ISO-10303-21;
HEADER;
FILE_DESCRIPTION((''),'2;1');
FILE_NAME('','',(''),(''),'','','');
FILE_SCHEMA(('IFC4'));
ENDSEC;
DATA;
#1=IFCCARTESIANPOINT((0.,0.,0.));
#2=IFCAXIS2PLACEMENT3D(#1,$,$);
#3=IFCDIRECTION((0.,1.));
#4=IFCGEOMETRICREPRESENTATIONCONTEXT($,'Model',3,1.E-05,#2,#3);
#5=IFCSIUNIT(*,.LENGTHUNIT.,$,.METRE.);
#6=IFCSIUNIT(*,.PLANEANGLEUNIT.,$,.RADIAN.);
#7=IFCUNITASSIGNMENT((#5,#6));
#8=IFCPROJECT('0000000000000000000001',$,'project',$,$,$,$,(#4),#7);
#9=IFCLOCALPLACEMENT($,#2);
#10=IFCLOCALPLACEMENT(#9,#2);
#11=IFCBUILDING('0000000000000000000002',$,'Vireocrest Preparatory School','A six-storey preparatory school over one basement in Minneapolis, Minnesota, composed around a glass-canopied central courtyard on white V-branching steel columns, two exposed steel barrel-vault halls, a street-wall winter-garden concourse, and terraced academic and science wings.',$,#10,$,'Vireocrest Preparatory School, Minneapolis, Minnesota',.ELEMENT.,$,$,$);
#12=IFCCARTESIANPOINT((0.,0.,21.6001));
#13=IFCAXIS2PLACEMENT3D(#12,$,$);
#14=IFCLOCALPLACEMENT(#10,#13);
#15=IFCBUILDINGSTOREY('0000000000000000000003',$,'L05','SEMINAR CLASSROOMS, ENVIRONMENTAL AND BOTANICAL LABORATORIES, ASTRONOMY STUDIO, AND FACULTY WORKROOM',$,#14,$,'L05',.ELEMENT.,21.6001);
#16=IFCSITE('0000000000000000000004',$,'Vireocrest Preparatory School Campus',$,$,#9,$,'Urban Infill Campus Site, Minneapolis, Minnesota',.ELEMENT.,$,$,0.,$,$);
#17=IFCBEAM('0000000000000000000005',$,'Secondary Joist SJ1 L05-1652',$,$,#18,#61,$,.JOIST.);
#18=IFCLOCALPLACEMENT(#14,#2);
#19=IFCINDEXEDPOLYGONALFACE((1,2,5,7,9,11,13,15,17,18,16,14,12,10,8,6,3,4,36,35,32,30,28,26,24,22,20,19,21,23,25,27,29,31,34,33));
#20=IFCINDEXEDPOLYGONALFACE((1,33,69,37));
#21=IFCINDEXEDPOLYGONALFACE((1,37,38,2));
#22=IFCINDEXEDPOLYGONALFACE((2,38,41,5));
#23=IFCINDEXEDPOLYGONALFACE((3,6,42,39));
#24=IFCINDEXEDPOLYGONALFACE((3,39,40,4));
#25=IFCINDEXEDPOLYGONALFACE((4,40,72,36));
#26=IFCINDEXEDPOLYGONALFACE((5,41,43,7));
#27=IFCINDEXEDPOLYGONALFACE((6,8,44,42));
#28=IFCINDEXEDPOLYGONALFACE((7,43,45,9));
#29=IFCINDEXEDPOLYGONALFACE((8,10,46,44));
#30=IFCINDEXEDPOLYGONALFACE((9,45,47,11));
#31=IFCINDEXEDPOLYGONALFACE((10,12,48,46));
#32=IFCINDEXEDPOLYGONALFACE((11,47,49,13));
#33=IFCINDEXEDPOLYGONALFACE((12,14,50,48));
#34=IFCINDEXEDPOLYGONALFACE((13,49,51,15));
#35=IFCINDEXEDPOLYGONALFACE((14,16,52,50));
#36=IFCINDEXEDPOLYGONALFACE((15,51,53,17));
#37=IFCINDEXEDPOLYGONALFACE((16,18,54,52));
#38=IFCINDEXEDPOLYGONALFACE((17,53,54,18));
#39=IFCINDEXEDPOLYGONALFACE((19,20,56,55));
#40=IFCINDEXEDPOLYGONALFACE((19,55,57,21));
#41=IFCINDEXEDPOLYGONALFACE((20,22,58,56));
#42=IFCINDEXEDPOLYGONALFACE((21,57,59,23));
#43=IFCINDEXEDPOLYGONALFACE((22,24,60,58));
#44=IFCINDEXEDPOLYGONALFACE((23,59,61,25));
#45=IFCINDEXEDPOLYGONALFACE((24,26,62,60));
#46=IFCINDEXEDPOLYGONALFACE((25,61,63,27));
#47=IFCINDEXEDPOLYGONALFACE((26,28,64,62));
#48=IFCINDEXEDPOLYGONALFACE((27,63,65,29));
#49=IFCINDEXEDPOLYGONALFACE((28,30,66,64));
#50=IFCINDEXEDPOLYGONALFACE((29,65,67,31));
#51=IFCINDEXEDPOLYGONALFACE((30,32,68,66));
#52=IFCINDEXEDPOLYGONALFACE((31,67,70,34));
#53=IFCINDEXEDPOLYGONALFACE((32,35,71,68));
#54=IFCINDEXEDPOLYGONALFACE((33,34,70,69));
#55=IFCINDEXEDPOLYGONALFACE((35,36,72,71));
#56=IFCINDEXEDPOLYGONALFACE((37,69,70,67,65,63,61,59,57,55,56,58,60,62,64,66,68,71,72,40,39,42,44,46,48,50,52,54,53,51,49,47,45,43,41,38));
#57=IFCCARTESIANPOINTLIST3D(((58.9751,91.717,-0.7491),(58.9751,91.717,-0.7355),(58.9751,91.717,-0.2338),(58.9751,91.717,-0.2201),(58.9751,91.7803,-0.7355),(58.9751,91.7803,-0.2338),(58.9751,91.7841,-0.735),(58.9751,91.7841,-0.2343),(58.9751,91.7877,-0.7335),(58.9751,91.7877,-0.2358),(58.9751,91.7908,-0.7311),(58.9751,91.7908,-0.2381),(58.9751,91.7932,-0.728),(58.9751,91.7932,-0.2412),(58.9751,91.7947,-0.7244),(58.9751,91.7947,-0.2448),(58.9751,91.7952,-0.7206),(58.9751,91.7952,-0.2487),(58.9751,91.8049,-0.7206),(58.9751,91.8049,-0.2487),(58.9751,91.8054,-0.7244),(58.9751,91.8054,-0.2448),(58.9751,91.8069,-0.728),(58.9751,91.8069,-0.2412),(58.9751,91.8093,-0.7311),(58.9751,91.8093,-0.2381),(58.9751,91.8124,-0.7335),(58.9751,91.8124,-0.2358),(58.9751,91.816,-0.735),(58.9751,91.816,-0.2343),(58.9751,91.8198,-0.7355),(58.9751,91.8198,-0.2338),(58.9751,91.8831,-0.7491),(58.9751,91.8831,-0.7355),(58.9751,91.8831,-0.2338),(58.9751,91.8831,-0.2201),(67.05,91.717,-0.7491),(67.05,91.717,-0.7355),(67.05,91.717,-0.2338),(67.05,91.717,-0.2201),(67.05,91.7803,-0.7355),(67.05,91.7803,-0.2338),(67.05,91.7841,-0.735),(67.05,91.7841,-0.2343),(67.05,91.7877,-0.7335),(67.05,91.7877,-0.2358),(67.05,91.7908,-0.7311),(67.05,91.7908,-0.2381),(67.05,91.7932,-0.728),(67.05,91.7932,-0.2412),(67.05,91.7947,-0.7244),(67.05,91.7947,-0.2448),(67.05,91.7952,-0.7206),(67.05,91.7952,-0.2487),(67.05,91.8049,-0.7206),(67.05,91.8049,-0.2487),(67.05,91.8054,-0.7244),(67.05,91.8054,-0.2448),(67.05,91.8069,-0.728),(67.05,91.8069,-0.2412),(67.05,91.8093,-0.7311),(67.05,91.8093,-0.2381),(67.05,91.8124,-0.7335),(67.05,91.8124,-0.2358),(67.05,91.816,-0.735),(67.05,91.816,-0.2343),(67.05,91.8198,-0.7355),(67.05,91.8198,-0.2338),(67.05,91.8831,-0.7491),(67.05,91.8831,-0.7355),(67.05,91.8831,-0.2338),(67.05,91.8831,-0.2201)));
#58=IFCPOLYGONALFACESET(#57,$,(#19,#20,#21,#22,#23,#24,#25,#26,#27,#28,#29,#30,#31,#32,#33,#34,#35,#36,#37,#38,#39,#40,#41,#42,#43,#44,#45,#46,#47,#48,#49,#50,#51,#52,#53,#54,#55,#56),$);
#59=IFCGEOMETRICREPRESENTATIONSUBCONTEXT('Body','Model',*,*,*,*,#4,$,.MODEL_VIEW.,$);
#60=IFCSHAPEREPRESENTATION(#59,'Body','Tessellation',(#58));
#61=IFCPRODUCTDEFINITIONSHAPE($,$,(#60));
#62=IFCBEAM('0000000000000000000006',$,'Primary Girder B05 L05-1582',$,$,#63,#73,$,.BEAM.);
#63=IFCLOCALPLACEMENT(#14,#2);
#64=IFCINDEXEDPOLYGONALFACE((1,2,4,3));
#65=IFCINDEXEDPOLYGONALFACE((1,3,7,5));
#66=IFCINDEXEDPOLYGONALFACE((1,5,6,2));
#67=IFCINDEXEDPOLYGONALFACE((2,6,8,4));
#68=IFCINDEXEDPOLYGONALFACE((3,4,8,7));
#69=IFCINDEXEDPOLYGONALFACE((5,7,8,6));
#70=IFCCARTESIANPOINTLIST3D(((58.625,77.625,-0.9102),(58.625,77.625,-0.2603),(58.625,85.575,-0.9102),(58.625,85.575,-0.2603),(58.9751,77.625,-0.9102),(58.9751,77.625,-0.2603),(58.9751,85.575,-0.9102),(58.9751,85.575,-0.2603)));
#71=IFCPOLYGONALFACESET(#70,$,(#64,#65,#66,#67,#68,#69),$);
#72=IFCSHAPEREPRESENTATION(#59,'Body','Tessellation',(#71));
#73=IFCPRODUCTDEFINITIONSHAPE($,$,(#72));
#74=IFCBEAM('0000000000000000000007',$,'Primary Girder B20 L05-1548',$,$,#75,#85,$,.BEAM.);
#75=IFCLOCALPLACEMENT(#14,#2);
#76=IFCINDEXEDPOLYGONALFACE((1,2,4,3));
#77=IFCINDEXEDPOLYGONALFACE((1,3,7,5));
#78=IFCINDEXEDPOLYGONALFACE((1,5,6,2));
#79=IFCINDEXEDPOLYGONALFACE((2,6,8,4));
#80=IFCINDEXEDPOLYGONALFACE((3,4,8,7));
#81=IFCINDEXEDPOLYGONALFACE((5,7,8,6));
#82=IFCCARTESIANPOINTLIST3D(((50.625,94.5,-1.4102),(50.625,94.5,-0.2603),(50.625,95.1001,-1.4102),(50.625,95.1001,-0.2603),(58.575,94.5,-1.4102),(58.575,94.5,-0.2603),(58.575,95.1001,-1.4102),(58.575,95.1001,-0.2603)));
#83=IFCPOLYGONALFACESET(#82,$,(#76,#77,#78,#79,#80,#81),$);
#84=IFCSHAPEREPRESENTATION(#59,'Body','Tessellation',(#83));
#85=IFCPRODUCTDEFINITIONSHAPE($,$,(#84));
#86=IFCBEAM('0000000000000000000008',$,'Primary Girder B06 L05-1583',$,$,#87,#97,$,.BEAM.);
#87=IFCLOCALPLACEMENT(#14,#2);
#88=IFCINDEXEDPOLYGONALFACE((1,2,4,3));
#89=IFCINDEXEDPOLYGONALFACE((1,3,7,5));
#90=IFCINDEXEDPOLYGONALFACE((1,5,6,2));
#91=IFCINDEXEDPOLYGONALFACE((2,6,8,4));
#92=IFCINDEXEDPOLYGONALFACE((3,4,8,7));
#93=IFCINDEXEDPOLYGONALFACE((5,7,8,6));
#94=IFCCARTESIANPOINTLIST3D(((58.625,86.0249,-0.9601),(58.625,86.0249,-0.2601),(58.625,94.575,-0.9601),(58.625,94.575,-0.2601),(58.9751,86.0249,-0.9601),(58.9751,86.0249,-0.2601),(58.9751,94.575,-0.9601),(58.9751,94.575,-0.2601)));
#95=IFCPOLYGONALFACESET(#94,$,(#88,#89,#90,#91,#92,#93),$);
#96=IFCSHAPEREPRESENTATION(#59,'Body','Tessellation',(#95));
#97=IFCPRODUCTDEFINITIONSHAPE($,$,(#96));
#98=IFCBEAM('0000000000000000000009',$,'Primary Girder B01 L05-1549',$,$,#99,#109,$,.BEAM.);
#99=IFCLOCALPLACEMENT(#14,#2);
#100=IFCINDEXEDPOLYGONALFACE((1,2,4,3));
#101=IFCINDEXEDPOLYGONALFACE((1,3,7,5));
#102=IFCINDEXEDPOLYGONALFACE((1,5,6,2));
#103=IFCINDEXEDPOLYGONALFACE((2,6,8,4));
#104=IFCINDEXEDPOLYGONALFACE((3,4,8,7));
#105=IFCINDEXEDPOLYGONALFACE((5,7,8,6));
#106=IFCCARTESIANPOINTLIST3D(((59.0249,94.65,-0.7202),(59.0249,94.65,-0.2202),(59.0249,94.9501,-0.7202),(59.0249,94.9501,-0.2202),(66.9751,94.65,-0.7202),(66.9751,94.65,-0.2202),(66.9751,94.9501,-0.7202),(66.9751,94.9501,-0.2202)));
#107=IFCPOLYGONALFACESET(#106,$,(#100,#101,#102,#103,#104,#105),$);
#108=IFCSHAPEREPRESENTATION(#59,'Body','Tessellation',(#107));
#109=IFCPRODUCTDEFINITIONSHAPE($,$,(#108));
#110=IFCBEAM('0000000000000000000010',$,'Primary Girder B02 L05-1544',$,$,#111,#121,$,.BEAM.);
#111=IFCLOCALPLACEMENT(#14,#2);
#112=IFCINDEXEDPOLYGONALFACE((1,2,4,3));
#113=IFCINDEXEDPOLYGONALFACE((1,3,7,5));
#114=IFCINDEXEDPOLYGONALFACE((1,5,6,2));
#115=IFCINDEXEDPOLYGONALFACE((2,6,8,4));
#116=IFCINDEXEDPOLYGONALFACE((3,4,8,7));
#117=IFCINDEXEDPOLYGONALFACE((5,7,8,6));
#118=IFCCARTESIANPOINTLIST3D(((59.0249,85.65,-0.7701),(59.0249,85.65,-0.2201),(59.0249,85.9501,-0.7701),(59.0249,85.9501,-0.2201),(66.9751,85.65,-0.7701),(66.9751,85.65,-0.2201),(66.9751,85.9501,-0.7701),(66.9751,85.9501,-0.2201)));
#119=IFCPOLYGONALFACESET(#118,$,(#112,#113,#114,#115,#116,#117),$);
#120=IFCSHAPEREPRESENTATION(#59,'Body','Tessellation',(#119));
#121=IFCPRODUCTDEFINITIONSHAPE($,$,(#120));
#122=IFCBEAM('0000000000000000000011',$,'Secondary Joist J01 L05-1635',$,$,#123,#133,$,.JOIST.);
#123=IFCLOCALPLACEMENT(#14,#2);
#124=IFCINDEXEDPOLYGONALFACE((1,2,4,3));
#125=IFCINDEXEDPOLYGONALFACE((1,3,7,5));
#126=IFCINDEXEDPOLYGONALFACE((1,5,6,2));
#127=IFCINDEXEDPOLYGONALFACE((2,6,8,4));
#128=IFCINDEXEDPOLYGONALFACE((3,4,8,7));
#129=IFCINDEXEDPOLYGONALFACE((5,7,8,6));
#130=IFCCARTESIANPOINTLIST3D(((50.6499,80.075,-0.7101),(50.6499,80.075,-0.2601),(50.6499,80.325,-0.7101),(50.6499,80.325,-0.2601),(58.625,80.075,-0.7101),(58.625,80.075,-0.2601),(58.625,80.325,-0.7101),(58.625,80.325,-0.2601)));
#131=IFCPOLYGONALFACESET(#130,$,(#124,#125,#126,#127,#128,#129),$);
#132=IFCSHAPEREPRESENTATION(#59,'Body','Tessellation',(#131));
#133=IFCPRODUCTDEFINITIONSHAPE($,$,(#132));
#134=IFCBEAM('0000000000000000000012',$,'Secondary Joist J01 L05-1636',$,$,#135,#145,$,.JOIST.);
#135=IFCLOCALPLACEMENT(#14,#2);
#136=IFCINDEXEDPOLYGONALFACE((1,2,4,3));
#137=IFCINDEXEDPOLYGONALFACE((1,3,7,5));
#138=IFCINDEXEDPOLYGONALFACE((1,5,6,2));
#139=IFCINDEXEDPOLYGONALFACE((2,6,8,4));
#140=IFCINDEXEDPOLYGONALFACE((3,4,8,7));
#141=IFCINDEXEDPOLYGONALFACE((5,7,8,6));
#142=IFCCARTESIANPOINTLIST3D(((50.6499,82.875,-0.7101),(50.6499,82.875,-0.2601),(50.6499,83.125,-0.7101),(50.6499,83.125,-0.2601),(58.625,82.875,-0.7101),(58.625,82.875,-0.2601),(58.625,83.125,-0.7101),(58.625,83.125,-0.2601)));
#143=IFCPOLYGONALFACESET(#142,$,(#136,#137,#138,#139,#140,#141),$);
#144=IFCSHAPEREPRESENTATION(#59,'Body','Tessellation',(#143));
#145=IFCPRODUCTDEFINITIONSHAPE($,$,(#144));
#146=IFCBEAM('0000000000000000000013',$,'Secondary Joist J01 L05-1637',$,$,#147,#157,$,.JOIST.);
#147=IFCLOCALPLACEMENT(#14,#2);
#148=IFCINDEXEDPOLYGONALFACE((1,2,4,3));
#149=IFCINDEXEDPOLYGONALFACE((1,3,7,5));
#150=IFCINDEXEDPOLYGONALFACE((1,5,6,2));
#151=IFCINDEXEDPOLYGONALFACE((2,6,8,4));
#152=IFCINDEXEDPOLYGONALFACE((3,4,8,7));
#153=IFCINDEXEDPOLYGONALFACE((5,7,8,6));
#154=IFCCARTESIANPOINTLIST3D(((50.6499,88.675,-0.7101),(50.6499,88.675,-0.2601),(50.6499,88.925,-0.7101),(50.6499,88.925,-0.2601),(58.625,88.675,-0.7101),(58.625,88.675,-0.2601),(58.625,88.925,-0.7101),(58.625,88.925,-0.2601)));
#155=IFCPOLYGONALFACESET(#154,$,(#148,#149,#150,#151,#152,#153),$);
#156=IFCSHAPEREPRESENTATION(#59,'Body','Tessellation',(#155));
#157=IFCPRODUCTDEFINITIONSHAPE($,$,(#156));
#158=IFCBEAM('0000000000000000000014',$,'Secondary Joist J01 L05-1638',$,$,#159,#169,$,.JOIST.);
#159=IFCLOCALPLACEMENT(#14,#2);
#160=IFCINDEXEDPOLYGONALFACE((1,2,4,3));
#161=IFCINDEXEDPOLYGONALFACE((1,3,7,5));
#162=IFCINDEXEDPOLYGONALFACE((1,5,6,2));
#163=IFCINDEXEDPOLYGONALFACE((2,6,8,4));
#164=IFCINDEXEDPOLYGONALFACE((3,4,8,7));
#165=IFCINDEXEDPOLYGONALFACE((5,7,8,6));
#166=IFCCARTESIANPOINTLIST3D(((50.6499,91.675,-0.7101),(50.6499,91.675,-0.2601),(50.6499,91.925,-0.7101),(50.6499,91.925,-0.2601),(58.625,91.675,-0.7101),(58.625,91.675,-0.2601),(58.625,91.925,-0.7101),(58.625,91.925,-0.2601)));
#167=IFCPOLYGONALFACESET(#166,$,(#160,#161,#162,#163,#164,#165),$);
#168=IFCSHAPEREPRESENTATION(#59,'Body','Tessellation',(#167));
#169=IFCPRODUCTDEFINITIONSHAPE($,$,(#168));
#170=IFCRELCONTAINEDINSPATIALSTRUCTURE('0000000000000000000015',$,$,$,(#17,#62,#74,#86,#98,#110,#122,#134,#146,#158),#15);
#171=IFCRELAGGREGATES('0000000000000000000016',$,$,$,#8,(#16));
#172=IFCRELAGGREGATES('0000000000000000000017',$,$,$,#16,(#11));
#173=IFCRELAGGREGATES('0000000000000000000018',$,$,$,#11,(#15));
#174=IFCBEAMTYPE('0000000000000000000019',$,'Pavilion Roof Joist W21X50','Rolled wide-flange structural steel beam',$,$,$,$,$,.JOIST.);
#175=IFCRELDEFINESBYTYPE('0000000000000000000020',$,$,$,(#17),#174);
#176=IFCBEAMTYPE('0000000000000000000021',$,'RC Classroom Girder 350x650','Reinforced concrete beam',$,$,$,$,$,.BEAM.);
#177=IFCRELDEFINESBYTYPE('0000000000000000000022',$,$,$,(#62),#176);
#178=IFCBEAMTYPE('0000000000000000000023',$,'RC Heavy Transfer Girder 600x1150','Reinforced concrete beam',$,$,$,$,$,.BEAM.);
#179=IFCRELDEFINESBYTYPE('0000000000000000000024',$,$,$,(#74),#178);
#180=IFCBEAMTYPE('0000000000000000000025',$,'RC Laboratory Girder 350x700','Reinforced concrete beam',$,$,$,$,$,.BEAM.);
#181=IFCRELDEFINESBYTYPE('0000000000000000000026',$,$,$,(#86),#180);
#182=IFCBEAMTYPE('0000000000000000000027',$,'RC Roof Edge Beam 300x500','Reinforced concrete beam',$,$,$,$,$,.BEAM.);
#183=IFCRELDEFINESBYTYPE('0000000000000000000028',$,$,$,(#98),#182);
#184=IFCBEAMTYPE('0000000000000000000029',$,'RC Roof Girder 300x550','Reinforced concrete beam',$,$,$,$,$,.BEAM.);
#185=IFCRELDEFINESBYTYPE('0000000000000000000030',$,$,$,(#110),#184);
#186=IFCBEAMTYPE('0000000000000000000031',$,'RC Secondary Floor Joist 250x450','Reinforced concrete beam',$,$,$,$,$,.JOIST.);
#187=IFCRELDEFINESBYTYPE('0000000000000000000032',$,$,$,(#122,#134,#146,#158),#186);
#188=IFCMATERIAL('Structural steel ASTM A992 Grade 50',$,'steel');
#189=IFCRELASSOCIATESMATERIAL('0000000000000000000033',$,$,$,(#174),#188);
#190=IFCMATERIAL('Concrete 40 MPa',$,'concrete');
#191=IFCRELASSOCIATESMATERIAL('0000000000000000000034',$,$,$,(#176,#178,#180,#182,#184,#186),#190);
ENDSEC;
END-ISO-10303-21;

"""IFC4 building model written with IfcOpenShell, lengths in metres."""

from ifc_helpers import new_model, si_unit, direction, frame, origin, origin_2d, place, context, subcontext, project, spatial, rectangle, i_section, extrude, material, material_profile, profile_set, type_object, element, save


model = new_model("IFC4")

# Units and contexts
model_context = context("Model", 3, precision=1e-05, world=origin(), true_north=direction((0.0, 1.0)))
body_context = subcontext(model_context, "Body", "Model", "MODEL_VIEW")
ifc_project = project(units=[si_unit("LENGTHUNIT", "METRE"), si_unit("PLANEANGLEUNIT", "RADIAN")], contexts=[model_context])

# Site, building, storey
site_placement = place(None, origin())
site = spatial("IfcSite", under=ifc_project, at=site_placement, Name="Vireocrest Preparatory School Campus", LongName="Urban Infill Campus Site, Minneapolis, Minnesota", CompositionType="ELEMENT", RefElevation=0.0)
building_placement = place(site_placement, origin())
building = spatial("IfcBuilding", under=site, at=building_placement, Name="Vireocrest Preparatory School", Description="A six-storey preparatory school over one basement in Minneapolis, Minnesota, composed around a glass-canopied central courtyard on white V-branching steel columns, two exposed steel barrel-vault halls, a street-wall winter-garden concourse, and terraced academic and science wings.", LongName="Vireocrest Preparatory School, Minneapolis, Minnesota", CompositionType="ELEMENT")
storey_placement = place(building_placement, frame((0.0, 0.0, 21.6001)))
storey = spatial("IfcBuildingStorey", under=building, at=storey_placement, Name="L05", Description="SEMINAR CLASSROOMS, ENVIRONMENTAL AND BOTANICAL LABORATORIES, ASTRONOMY STUDIO, AND FACULTY WORKROOM", LongName="L05", CompositionType="ELEMENT", Elevation=21.6001)

# Beams
ifc_material_1 = material(Name="Structural steel ASTM A992 Grade 50", Category="steel")
ifc_material_profile_1 = material_profile(ifc_material_1, i_section(OverallWidth=0.166, OverallDepth=0.5291, WebThickness=0.0098, FlangeThickness=0.0137, FilletRadius=0.0149, at=origin_2d()), Name="W21X50")
ifc_profile_set_1 = profile_set([ifc_material_profile_1], Name="Structural steel ASTM A992 Grade 50")
beam_type_1 = type_object("IfcBeamType", Name="Pavilion Roof Joist W21X50", Description="Rolled wide-flange structural steel beam", PredefinedType="JOIST", material=ifc_profile_set_1)
for number, where, z_axis, x_axis, name in (
    (1, (58.9751, 91.8, -0.4846), (1.0, 0.0, 0.0), (0.0, 1.0, 0.0), "Secondary Joist SJ1 L05-1652"),
):
    element("IfcBeam", number, at=place(storey_placement, frame(where, z_axis=z_axis, x_axis=x_axis)), inside=storey, type_object=beam_type_1, Name=name, PredefinedType="JOIST", context=body_context, shape_type="SweptSolid", body=[
        extrude(i_section(OverallWidth=0.166, OverallDepth=0.5291, WebThickness=0.0098, FlangeThickness=0.0137, FilletRadius=0.0149, at=origin_2d()), origin(), (0.0, 0.0, 1.0), 8.075),
    ])
ifc_material_2 = material(Name="Concrete 40 MPa", Category="concrete")
ifc_material_profile_2 = material_profile(ifc_material_2, rectangle(XDim=0.3501, YDim=0.6499, at=origin_2d()), Name="RC 350x650")
ifc_profile_set_2 = profile_set([ifc_material_profile_2], Name="Concrete 40 MPa")
beam_type_2 = type_object("IfcBeamType", Name="RC Classroom Girder 350x650", Description="Reinforced concrete beam", PredefinedType="BEAM", material=ifc_profile_set_2)
beam_1_placement = place(storey_placement, frame((58.8, 77.625, -0.5852), z_axis=(0.0, 1.0, 0.0), x_axis=(-1.0, 0.0, 0.0)))
element("IfcBeam", 2, at=beam_1_placement, inside=storey, type_object=beam_type_2, Name="Primary Girder B05 L05-1582", PredefinedType="BEAM", context=body_context, shape_type="SweptSolid", body=[
    extrude(rectangle(XDim=0.3501, YDim=0.6499, at=origin_2d()), origin(), (0.0, 0.0, 1.0), 7.95),
])
ifc_material_profile_3 = material_profile(ifc_material_2, rectangle(XDim=0.6001, YDim=1.1499, at=origin_2d()), Name="RC 600x1150")
ifc_profile_set_3 = profile_set([ifc_material_profile_3], Name="Concrete 40 MPa")
beam_type_3 = type_object("IfcBeamType", Name="RC Heavy Transfer Girder 600x1150", Description="Reinforced concrete beam", PredefinedType="BEAM", material=ifc_profile_set_3)
beam_2_placement = place(storey_placement, frame((50.625, 94.8, -0.8352), z_axis=(1.0, 0.0, 0.0), x_axis=(0.0, 1.0, 0.0)))
element("IfcBeam", 3, at=beam_2_placement, inside=storey, type_object=beam_type_3, Name="Primary Girder B20 L05-1548", PredefinedType="BEAM", context=body_context, shape_type="SweptSolid", body=[
    extrude(rectangle(XDim=0.6001, YDim=1.1499, at=origin_2d()), origin(), (0.0, 0.0, 1.0), 7.95),
])
ifc_material_profile_4 = material_profile(ifc_material_2, rectangle(XDim=0.3501, YDim=0.7, at=origin_2d()), Name="RC 350x700")
ifc_profile_set_4 = profile_set([ifc_material_profile_4], Name="Concrete 40 MPa")
beam_type_4 = type_object("IfcBeamType", Name="RC Laboratory Girder 350x700", Description="Reinforced concrete beam", PredefinedType="BEAM", material=ifc_profile_set_4)
beam_3_placement = place(storey_placement, frame((58.8, 86.0249, -0.6101), z_axis=(0.0, 1.0, 0.0), x_axis=(-1.0, 0.0, 0.0)))
element("IfcBeam", 4, at=beam_3_placement, inside=storey, type_object=beam_type_4, Name="Primary Girder B06 L05-1583", PredefinedType="BEAM", context=body_context, shape_type="SweptSolid", body=[
    extrude(rectangle(XDim=0.3501, YDim=0.7, at=origin_2d()), origin(), (0.0, 0.0, 1.0), 8.55),
])
ifc_material_profile_5 = material_profile(ifc_material_2, rectangle(XDim=0.3, YDim=0.5, at=origin_2d()), Name="RC 300x500")
ifc_profile_set_5 = profile_set([ifc_material_profile_5], Name="Concrete 40 MPa")
beam_type_5 = type_object("IfcBeamType", Name="RC Roof Edge Beam 300x500", Description="Reinforced concrete beam", PredefinedType="BEAM", material=ifc_profile_set_5)
beam_4_placement = place(storey_placement, frame((59.0249, 94.8, -0.4702), z_axis=(1.0, 0.0, 0.0), x_axis=(0.0, 1.0, 0.0)))
element("IfcBeam", 5, at=beam_4_placement, inside=storey, type_object=beam_type_5, Name="Primary Girder B01 L05-1549", PredefinedType="BEAM", context=body_context, shape_type="SweptSolid", body=[
    extrude(rectangle(XDim=0.3, YDim=0.5, at=origin_2d()), origin(), (0.0, 0.0, 1.0), 7.9502),
])
ifc_material_profile_6 = material_profile(ifc_material_2, rectangle(XDim=0.3, YDim=0.55, at=origin_2d()), Name="RC 300x550")
ifc_profile_set_6 = profile_set([ifc_material_profile_6], Name="Concrete 40 MPa")
beam_type_6 = type_object("IfcBeamType", Name="RC Roof Girder 300x550", Description="Reinforced concrete beam", PredefinedType="BEAM", material=ifc_profile_set_6)
beam_5_placement = place(storey_placement, frame((59.0249, 85.8, -0.4951), z_axis=(1.0, 0.0, 0.0), x_axis=(0.0, 1.0, 0.0)))
element("IfcBeam", 6, at=beam_5_placement, inside=storey, type_object=beam_type_6, Name="Primary Girder B02 L05-1544", PredefinedType="BEAM", context=body_context, shape_type="SweptSolid", body=[
    extrude(rectangle(XDim=0.3, YDim=0.55, at=origin_2d()), origin(), (0.0, 0.0, 1.0), 7.9502),
])
ifc_material_profile_7 = material_profile(ifc_material_2, rectangle(XDim=0.25, YDim=0.45, at=origin_2d()), Name="RC 250x450")
ifc_profile_set_7 = profile_set([ifc_material_profile_7], Name="Concrete 40 MPa")
beam_type_7 = type_object("IfcBeamType", Name="RC Secondary Floor Joist 250x450", Description="Reinforced concrete beam", PredefinedType="JOIST", material=ifc_profile_set_7)
for number, where, z_axis, x_axis, name in (
    (7, (50.6499, 80.2, -0.4851), (1.0, 0.0, 0.0), (0.0, 1.0, 0.0), "Secondary Joist J01 L05-1635"),
    (8, (50.6499, 83.0, -0.4851), (1.0, 0.0, 0.0), (0.0, 1.0, 0.0), "Secondary Joist J01 L05-1636"),
    (9, (50.6499, 88.8, -0.4851), (1.0, 0.0, 0.0), (0.0, 1.0, 0.0), "Secondary Joist J01 L05-1637"),
    (10, (50.6499, 91.8, -0.4851), (1.0, 0.0, 0.0), (0.0, 1.0, 0.0), "Secondary Joist J01 L05-1638"),
):
    element("IfcBeam", number, at=place(storey_placement, frame(where, z_axis=z_axis, x_axis=x_axis)), inside=storey, type_object=beam_type_7, Name=name, PredefinedType="JOIST", context=body_context, shape_type="SweptSolid", body=[
        extrude(rectangle(XDim=0.25, YDim=0.45, at=origin_2d()), origin(), (0.0, 0.0, 1.0), 7.9751),
    ])

save(model, "model.ifc")
